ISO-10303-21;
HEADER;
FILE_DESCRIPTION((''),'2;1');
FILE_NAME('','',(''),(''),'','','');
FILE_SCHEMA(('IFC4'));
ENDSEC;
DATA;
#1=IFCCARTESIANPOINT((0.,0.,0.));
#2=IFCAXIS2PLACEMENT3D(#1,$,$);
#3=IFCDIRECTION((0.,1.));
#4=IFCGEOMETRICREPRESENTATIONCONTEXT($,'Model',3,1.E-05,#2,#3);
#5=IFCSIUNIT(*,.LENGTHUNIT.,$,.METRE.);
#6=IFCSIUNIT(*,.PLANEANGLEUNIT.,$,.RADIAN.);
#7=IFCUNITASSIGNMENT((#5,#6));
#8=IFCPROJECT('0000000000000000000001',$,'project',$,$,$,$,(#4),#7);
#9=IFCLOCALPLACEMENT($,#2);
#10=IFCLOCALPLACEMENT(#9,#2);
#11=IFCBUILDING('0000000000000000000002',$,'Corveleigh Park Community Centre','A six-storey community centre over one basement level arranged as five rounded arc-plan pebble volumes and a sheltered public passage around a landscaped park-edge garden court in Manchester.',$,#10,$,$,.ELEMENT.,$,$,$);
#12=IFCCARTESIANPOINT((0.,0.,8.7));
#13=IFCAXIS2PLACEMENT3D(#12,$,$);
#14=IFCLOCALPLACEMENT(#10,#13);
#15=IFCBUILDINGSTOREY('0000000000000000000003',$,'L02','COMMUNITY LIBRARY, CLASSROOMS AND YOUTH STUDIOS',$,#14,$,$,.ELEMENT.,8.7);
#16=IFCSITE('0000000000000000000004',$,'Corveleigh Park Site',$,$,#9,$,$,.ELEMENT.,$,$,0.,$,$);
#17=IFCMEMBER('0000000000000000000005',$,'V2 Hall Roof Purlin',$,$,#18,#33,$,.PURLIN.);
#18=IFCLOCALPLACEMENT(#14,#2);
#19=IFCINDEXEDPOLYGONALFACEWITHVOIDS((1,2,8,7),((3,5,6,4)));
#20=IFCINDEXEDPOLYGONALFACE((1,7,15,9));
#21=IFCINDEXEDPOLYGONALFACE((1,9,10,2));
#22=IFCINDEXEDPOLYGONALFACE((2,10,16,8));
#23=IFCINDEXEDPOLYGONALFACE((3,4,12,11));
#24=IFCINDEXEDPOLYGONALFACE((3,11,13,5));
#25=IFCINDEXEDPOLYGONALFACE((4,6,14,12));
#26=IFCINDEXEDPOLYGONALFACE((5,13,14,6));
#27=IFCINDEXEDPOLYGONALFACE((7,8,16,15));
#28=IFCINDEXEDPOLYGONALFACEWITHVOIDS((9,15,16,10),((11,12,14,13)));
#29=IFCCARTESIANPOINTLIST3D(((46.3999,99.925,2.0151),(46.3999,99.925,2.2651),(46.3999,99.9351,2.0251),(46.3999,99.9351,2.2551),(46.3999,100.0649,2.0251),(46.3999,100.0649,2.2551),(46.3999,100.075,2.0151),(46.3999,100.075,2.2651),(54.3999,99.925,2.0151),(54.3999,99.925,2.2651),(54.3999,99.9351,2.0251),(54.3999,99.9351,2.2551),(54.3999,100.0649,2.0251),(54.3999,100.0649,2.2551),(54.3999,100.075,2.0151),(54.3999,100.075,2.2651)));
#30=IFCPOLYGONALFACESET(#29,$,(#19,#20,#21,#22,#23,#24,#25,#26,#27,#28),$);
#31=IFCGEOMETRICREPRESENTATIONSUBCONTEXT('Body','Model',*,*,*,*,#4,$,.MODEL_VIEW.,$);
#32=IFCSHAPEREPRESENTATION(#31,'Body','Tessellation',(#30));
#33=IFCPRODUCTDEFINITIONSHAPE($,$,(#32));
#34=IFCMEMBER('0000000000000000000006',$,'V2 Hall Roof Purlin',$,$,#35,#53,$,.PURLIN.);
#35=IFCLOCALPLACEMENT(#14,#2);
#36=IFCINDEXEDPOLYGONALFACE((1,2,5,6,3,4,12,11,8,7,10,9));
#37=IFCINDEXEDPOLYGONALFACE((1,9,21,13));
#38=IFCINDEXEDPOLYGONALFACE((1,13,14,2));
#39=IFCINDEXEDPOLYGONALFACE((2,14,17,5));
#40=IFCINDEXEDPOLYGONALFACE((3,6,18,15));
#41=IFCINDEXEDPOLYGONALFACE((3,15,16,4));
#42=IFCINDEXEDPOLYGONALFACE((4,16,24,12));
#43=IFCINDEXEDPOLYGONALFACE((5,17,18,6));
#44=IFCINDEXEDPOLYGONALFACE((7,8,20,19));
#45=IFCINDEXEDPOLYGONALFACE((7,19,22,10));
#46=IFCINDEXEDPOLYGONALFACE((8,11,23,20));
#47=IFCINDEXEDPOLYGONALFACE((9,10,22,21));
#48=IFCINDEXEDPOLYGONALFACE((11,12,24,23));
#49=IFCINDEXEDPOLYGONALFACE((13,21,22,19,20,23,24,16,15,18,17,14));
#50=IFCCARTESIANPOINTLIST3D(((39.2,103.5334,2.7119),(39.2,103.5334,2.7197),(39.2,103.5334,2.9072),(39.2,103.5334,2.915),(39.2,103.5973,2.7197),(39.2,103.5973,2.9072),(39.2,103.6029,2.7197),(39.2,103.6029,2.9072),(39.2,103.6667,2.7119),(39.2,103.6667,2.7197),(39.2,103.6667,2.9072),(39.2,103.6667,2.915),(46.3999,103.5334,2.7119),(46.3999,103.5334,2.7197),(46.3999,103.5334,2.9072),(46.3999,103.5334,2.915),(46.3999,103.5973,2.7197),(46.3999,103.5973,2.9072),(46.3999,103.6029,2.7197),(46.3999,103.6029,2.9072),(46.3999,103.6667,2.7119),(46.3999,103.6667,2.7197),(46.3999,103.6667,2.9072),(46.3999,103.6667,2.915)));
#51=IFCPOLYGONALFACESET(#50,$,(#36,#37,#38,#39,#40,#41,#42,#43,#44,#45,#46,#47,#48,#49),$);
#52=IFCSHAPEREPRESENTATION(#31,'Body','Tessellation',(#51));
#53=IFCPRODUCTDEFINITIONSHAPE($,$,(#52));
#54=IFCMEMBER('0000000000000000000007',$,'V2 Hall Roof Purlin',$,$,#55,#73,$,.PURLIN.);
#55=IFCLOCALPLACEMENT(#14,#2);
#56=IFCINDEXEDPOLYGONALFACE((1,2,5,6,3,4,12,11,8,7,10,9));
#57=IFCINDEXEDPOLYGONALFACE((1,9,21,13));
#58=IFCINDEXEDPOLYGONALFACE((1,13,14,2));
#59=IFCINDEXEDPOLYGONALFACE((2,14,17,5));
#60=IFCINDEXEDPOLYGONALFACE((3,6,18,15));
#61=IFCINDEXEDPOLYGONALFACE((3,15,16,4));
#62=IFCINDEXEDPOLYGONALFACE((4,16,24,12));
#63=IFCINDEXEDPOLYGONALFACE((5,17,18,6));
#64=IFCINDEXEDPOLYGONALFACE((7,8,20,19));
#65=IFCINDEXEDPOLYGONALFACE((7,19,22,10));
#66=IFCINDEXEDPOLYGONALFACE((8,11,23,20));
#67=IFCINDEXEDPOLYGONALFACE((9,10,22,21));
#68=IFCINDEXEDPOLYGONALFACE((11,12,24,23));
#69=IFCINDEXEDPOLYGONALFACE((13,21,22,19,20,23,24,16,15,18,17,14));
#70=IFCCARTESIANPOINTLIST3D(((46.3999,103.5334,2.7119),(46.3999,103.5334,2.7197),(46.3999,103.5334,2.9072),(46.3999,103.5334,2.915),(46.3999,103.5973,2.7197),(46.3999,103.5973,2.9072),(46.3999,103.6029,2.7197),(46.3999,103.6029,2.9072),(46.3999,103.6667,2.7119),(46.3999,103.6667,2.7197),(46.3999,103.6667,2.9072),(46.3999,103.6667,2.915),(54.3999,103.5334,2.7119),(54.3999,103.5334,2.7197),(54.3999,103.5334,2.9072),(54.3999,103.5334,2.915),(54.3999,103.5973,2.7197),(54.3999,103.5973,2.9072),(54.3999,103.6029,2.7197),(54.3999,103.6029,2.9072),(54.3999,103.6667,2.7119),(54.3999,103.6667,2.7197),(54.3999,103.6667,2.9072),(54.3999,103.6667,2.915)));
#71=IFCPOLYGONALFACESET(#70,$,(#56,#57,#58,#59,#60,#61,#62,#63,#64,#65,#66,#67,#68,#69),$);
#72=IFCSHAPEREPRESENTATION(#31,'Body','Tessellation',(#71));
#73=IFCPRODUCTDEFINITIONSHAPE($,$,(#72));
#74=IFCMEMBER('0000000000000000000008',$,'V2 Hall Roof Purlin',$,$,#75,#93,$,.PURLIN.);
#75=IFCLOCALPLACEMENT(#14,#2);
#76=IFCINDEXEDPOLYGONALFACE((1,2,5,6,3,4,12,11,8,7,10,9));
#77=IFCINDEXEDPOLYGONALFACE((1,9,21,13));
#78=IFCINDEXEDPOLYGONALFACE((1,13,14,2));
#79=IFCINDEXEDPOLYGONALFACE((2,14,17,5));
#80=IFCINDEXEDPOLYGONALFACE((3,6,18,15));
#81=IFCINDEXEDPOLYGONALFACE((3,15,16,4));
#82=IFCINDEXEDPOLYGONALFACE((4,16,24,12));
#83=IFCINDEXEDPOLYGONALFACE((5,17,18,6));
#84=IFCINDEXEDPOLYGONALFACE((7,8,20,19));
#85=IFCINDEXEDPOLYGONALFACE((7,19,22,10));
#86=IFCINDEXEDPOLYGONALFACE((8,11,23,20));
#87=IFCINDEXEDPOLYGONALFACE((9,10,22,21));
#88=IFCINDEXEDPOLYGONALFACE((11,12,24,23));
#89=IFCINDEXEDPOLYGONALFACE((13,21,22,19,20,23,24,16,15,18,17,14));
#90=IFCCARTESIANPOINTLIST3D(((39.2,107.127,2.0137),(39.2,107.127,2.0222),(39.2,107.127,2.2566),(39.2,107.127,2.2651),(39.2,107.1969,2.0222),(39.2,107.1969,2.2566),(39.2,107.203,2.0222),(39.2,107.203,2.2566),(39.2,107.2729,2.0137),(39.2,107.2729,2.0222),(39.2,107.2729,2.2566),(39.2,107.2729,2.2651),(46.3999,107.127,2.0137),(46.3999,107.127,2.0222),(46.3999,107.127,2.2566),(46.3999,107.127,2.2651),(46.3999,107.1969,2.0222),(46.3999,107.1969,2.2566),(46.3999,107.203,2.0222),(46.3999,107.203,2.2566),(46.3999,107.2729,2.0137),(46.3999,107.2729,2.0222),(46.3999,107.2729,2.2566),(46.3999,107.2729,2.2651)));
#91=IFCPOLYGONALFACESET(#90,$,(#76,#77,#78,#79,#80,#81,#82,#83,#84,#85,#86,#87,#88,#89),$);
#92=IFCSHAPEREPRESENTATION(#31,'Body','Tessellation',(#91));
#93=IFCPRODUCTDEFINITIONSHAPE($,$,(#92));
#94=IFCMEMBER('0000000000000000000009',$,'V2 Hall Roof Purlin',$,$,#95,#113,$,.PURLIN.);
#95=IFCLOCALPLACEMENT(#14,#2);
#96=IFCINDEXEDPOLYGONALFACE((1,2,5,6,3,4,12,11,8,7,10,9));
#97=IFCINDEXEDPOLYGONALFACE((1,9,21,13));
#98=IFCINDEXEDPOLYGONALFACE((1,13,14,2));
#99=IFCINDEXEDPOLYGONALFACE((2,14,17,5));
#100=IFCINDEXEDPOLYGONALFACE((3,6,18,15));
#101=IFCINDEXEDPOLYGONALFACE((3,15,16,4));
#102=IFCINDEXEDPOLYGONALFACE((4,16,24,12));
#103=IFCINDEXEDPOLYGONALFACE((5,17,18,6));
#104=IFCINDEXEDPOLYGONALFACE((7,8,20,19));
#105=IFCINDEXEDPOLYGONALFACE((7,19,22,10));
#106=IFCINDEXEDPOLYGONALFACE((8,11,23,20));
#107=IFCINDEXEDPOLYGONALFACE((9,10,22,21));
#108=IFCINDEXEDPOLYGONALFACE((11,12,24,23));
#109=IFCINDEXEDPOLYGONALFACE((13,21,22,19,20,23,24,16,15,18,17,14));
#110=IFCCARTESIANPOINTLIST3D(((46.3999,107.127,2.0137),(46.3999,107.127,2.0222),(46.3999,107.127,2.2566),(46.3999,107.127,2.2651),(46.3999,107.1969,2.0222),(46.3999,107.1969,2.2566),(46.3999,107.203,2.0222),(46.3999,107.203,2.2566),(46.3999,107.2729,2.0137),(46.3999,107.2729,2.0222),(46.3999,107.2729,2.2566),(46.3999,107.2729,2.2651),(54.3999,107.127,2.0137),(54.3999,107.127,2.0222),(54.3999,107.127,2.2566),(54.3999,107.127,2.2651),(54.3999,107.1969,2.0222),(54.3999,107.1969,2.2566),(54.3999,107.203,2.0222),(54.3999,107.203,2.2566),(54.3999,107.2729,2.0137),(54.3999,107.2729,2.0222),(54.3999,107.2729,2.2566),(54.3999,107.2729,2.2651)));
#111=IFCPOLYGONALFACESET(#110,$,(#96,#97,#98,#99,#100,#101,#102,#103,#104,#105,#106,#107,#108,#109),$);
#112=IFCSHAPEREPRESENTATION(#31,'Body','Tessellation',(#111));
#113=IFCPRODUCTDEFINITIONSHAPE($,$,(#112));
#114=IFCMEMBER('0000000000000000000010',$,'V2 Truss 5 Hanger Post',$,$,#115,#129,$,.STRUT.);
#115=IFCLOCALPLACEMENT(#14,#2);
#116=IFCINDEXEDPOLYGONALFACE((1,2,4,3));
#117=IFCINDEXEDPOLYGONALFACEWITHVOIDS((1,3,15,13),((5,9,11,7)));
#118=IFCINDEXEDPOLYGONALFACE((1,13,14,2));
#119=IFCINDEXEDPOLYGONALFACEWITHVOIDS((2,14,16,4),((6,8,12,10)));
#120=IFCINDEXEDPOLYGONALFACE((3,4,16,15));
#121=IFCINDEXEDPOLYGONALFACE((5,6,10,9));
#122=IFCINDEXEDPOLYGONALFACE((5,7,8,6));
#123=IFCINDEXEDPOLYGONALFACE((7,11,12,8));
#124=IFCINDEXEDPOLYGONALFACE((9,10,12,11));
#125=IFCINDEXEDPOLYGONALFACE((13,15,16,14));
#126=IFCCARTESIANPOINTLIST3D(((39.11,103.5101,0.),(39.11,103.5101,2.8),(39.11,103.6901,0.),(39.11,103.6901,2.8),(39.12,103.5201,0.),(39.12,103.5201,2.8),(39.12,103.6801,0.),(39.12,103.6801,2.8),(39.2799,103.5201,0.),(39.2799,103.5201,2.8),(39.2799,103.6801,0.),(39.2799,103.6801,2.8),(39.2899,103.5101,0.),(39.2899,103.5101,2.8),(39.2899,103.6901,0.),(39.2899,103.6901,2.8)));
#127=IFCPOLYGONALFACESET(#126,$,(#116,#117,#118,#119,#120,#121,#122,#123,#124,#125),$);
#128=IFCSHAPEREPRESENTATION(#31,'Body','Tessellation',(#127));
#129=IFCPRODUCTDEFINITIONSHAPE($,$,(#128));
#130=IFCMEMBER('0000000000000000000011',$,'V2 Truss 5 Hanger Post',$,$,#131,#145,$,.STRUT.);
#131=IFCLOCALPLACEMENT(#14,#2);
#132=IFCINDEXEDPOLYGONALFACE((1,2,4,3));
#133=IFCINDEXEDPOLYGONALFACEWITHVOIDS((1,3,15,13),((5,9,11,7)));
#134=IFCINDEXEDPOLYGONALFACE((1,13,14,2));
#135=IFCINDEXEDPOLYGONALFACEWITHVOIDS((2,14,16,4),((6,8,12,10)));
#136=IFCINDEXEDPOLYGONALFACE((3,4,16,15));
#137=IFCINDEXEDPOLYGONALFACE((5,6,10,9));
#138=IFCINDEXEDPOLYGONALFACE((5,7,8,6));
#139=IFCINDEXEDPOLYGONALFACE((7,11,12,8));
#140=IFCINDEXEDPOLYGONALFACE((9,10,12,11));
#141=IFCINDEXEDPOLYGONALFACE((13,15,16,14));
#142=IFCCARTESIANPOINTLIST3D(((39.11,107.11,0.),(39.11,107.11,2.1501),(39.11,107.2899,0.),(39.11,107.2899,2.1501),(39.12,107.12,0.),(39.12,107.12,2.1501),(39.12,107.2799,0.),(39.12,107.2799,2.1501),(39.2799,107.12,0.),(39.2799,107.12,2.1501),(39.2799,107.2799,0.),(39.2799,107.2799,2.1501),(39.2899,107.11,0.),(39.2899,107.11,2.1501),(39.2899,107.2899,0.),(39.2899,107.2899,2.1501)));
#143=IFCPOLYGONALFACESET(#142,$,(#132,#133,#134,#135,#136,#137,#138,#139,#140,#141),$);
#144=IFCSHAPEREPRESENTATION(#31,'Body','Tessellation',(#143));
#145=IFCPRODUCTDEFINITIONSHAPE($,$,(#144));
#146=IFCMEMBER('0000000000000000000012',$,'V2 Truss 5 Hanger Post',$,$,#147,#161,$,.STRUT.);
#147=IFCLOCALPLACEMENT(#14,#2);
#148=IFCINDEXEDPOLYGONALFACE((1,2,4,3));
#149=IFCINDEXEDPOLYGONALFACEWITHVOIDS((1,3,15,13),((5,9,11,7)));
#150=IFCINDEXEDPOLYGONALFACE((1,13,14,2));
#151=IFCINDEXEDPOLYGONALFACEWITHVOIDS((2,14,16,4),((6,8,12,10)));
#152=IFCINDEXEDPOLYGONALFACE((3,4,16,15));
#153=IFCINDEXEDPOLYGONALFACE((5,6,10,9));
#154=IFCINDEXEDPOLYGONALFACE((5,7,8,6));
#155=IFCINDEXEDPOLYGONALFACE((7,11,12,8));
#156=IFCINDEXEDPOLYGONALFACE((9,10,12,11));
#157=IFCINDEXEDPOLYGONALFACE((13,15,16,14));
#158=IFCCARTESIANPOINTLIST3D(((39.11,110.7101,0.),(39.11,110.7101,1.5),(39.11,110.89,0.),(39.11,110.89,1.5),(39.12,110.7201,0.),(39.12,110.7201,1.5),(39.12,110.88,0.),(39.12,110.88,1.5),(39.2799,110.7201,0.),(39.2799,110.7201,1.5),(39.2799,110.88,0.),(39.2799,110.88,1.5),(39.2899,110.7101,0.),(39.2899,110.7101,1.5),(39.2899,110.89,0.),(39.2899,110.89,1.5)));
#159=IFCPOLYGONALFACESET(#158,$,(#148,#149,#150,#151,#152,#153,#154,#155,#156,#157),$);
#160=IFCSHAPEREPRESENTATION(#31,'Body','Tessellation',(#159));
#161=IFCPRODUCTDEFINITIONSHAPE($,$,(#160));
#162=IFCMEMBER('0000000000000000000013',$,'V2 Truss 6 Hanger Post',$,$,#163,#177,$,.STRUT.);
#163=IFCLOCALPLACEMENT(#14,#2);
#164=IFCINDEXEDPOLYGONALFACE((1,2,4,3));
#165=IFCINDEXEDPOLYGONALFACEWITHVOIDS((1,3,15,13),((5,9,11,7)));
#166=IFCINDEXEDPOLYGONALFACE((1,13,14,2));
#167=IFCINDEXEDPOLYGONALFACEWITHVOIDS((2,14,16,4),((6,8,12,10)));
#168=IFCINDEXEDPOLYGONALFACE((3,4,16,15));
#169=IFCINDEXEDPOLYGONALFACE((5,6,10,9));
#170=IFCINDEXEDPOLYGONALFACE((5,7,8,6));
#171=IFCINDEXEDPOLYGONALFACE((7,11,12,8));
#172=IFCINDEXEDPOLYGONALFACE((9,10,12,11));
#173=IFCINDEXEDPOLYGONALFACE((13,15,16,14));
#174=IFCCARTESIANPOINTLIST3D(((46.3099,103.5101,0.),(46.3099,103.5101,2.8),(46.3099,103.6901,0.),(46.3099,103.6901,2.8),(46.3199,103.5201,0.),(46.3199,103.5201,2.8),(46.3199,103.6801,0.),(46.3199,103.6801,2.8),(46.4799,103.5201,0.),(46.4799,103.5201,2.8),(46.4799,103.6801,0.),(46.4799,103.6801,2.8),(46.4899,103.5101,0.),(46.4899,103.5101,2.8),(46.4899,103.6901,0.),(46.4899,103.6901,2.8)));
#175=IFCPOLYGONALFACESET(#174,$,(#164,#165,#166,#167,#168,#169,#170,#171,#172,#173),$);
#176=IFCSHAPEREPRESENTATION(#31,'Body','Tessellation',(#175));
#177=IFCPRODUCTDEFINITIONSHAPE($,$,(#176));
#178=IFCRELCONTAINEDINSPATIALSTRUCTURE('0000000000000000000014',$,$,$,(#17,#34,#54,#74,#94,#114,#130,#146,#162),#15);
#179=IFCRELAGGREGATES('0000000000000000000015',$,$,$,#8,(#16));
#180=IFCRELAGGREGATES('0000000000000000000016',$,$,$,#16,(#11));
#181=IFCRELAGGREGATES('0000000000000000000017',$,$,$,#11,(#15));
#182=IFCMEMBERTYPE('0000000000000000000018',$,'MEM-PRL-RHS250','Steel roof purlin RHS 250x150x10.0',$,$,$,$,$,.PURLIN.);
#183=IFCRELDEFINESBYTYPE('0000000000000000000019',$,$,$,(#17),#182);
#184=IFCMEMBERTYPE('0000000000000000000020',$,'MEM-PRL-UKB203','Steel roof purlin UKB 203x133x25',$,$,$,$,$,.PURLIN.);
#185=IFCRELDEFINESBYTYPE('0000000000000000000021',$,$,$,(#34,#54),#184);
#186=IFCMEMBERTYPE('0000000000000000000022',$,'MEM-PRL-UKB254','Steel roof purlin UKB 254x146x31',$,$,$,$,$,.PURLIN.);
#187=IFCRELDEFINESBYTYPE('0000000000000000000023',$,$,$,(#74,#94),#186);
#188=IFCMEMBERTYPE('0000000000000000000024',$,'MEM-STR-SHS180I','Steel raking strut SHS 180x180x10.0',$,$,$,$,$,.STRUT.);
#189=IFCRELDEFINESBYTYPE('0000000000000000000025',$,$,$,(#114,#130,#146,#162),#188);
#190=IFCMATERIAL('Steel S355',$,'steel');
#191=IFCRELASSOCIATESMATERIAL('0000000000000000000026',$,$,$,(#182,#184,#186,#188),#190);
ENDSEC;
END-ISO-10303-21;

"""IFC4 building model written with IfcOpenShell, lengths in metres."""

from ifc_helpers import new_model, si_unit, direction, frame, origin, origin_2d, place, context, subcontext, project, spatial, hollow_rectangle, i_section, extrude, material, material_profile, profile_set, type_object, element, save


model = new_model("IFC4")

# Units and contexts
model_context = context("Model", 3, precision=1e-05, world=origin(), true_north=direction((0.0, 1.0)))
body_context = subcontext(model_context, "Body", "Model", "MODEL_VIEW")
ifc_project = project(units=[si_unit("LENGTHUNIT", "METRE"), si_unit("PLANEANGLEUNIT", "RADIAN")], contexts=[model_context])

# Site, building, storey
site_placement = place(None, origin())
site = spatial("IfcSite", under=ifc_project, at=site_placement, Name="Corveleigh Park Site", CompositionType="ELEMENT", RefElevation=0.0)
building_placement = place(site_placement, origin())
building = spatial("IfcBuilding", under=site, at=building_placement, Name="Corveleigh Park Community Centre", Description="A six-storey community centre over one basement level arranged as five rounded arc-plan pebble volumes and a sheltered public passage around a landscaped park-edge garden court in Manchester.", CompositionType="ELEMENT")
storey_placement = place(building_placement, frame((0.0, 0.0, 8.7)))
storey = spatial("IfcBuildingStorey", under=building, at=storey_placement, Name="L02", Description="COMMUNITY LIBRARY, CLASSROOMS AND YOUTH STUDIOS", CompositionType="ELEMENT", Elevation=8.7)

# Shared definitions
ifc_material_1 = material(Name="Steel S355", Category="steel")

# Members
ifc_material_profile_1 = material_profile(ifc_material_1, hollow_rectangle(XDim=0.1499, YDim=0.25, WallThickness=0.01, at=origin_2d()), Name="RHS 250x150x10.0", Category="steel")
ifc_profile_set_1 = profile_set([ifc_material_profile_1], Name="Steel S355")
member_type_1 = type_object("IfcMemberType", Name="MEM-PRL-RHS250", Description="Steel roof purlin RHS 250x150x10.0", PredefinedType="PURLIN", material=ifc_profile_set_1)
member_1_placement = place(storey_placement, frame((46.3999, 100.0, 2.1401), z_axis=(1.0, 0.0, 0.0), x_axis=(0.0, 1.0, 0.0)))
element("IfcMember", 1, at=member_1_placement, inside=storey, type_object=member_type_1, Name="V2 Hall Roof Purlin", PredefinedType="PURLIN", context=body_context, shape_type="SweptSolid", body=[
    extrude(hollow_rectangle(XDim=0.1499, YDim=0.25, WallThickness=0.01, at=origin_2d()), origin(), (0.0, 0.0, 1.0), 8.0),
])
ifc_material_profile_2 = material_profile(ifc_material_1, i_section(OverallWidth=0.1333, OverallDepth=0.2031, WebThickness=0.0056, FlangeThickness=0.0078, at=origin_2d()), Name="UKB 203x133x25", Category="steel")
ifc_profile_set_2 = profile_set([ifc_material_profile_2], Name="Steel S355")
member_type_2 = type_object("IfcMemberType", Name="MEM-PRL-UKB203", Description="Steel roof purlin UKB 203x133x25", PredefinedType="PURLIN", material=ifc_profile_set_2)
member_2_placement = place(storey_placement, frame((39.2, 103.6001, 2.8135), z_axis=(1.0, 0.0, 0.0), x_axis=(0.0, 1.0, 0.0)))
element("IfcMember", 2, at=member_2_placement, inside=storey, type_object=member_type_2, Name="V2 Hall Roof Purlin", PredefinedType="PURLIN", context=body_context, shape_type="SweptSolid", body=[
    extrude(i_section(OverallWidth=0.1333, OverallDepth=0.2031, WebThickness=0.0056, FlangeThickness=0.0078, at=origin_2d()), origin(), (0.0, 0.0, 1.0), 7.2),
])
member_3_placement = place(storey_placement, frame((46.3999, 103.6001, 2.8135), z_axis=(1.0, 0.0, 0.0), x_axis=(0.0, 1.0, 0.0)))
element("IfcMember", 3, at=member_3_placement, inside=storey, type_object=member_type_2, Name="V2 Hall Roof Purlin", PredefinedType="PURLIN", context=body_context, shape_type="SweptSolid", body=[
    extrude(i_section(OverallWidth=0.1333, OverallDepth=0.2031, WebThickness=0.0056, FlangeThickness=0.0078, at=origin_2d()), origin(), (0.0, 0.0, 1.0), 8.0),
])
ifc_material_profile_3 = material_profile(ifc_material_1, i_section(OverallWidth=0.146, OverallDepth=0.2515, WebThickness=0.0061, FlangeThickness=0.0085, at=origin_2d()), Name="UKB 254x146x31", Category="steel")
ifc_profile_set_3 = profile_set([ifc_material_profile_3], Name="Steel S355")
member_type_3 = type_object("IfcMemberType", Name="MEM-PRL-UKB254", Description="Steel roof purlin UKB 254x146x31", PredefinedType="PURLIN", material=ifc_profile_set_3)
member_4_placement = place(storey_placement, frame((39.2, 107.2, 2.1394), z_axis=(1.0, 0.0, 0.0), x_axis=(0.0, 1.0, 0.0)))
element("IfcMember", 4, at=member_4_placement, inside=storey, type_object=member_type_3, Name="V2 Hall Roof Purlin", PredefinedType="PURLIN", context=body_context, shape_type="SweptSolid", body=[
    extrude(i_section(OverallWidth=0.146, OverallDepth=0.2515, WebThickness=0.0061, FlangeThickness=0.0085, at=origin_2d()), origin(), (0.0, 0.0, 1.0), 7.2),
])
member_5_placement = place(storey_placement, frame((46.3999, 107.2, 2.1394), z_axis=(1.0, 0.0, 0.0), x_axis=(0.0, 1.0, 0.0)))
element("IfcMember", 5, at=member_5_placement, inside=storey, type_object=member_type_3, Name="V2 Hall Roof Purlin", PredefinedType="PURLIN", context=body_context, shape_type="SweptSolid", body=[
    extrude(i_section(OverallWidth=0.146, OverallDepth=0.2515, WebThickness=0.0061, FlangeThickness=0.0085, at=origin_2d()), origin(), (0.0, 0.0, 1.0), 8.0),
])
ifc_material_profile_4 = material_profile(ifc_material_1, hollow_rectangle(XDim=0.1799, YDim=0.1799, WallThickness=0.01, at=origin_2d()), Name="SHS 180x180x10.0", Category="steel")
ifc_profile_set_4 = profile_set([ifc_material_profile_4], Name="Steel S355")
member_type_4 = type_object("IfcMemberType", Name="MEM-STR-SHS180I", Description="Steel raking strut SHS 180x180x10.0", PredefinedType="STRUT", material=ifc_profile_set_4)
member_6_placement = place(storey_placement, frame((39.2, 103.6001, 0.0), z_axis=(0.0, 0.0, 1.0), x_axis=(1.0, 0.0, 0.0)))
element("IfcMember", 6, at=member_6_placement, inside=storey, type_object=member_type_4, Name="V2 Truss 5 Hanger Post", PredefinedType="STRUT", context=body_context, shape_type="SweptSolid", body=[
    extrude(hollow_rectangle(XDim=0.1799, YDim=0.1799, WallThickness=0.01, at=origin_2d()), origin(), (0.0, 0.0, 1.0), 2.8),
])
member_7_placement = place(storey_placement, frame((39.2, 107.2, 0.0), z_axis=(0.0, 0.0, 1.0), x_axis=(1.0, 0.0, 0.0)))
element("IfcMember", 7, at=member_7_placement, inside=storey, type_object=member_type_4, Name="V2 Truss 5 Hanger Post", PredefinedType="STRUT", context=body_context, shape_type="SweptSolid", body=[
    extrude(hollow_rectangle(XDim=0.1799, YDim=0.1799, WallThickness=0.01, at=origin_2d()), origin(), (0.0, 0.0, 1.0), 2.1501),
])
member_8_placement = place(storey_placement, frame((39.2, 110.8, 0.0), z_axis=(0.0, 0.0, 1.0), x_axis=(1.0, 0.0, 0.0)))
element("IfcMember", 8, at=member_8_placement, inside=storey, type_object=member_type_4, Name="V2 Truss 5 Hanger Post", PredefinedType="STRUT", context=body_context, shape_type="SweptSolid", body=[
    extrude(hollow_rectangle(XDim=0.1799, YDim=0.1799, WallThickness=0.01, at=origin_2d()), origin(), (0.0, 0.0, 1.0), 1.5),
])
member_9_placement = place(storey_placement, frame((46.3999, 103.6001, 0.0), z_axis=(0.0, 0.0, 1.0), x_axis=(1.0, 0.0, 0.0)))
element("IfcMember", 9, at=member_9_placement, inside=storey, type_object=member_type_4, Name="V2 Truss 6 Hanger Post", PredefinedType="STRUT", context=body_context, shape_type="SweptSolid", body=[
    extrude(hollow_rectangle(XDim=0.1799, YDim=0.1799, WallThickness=0.01, at=origin_2d()), origin(), (0.0, 0.0, 1.0), 2.8),
])

save(model, "model.ifc")
